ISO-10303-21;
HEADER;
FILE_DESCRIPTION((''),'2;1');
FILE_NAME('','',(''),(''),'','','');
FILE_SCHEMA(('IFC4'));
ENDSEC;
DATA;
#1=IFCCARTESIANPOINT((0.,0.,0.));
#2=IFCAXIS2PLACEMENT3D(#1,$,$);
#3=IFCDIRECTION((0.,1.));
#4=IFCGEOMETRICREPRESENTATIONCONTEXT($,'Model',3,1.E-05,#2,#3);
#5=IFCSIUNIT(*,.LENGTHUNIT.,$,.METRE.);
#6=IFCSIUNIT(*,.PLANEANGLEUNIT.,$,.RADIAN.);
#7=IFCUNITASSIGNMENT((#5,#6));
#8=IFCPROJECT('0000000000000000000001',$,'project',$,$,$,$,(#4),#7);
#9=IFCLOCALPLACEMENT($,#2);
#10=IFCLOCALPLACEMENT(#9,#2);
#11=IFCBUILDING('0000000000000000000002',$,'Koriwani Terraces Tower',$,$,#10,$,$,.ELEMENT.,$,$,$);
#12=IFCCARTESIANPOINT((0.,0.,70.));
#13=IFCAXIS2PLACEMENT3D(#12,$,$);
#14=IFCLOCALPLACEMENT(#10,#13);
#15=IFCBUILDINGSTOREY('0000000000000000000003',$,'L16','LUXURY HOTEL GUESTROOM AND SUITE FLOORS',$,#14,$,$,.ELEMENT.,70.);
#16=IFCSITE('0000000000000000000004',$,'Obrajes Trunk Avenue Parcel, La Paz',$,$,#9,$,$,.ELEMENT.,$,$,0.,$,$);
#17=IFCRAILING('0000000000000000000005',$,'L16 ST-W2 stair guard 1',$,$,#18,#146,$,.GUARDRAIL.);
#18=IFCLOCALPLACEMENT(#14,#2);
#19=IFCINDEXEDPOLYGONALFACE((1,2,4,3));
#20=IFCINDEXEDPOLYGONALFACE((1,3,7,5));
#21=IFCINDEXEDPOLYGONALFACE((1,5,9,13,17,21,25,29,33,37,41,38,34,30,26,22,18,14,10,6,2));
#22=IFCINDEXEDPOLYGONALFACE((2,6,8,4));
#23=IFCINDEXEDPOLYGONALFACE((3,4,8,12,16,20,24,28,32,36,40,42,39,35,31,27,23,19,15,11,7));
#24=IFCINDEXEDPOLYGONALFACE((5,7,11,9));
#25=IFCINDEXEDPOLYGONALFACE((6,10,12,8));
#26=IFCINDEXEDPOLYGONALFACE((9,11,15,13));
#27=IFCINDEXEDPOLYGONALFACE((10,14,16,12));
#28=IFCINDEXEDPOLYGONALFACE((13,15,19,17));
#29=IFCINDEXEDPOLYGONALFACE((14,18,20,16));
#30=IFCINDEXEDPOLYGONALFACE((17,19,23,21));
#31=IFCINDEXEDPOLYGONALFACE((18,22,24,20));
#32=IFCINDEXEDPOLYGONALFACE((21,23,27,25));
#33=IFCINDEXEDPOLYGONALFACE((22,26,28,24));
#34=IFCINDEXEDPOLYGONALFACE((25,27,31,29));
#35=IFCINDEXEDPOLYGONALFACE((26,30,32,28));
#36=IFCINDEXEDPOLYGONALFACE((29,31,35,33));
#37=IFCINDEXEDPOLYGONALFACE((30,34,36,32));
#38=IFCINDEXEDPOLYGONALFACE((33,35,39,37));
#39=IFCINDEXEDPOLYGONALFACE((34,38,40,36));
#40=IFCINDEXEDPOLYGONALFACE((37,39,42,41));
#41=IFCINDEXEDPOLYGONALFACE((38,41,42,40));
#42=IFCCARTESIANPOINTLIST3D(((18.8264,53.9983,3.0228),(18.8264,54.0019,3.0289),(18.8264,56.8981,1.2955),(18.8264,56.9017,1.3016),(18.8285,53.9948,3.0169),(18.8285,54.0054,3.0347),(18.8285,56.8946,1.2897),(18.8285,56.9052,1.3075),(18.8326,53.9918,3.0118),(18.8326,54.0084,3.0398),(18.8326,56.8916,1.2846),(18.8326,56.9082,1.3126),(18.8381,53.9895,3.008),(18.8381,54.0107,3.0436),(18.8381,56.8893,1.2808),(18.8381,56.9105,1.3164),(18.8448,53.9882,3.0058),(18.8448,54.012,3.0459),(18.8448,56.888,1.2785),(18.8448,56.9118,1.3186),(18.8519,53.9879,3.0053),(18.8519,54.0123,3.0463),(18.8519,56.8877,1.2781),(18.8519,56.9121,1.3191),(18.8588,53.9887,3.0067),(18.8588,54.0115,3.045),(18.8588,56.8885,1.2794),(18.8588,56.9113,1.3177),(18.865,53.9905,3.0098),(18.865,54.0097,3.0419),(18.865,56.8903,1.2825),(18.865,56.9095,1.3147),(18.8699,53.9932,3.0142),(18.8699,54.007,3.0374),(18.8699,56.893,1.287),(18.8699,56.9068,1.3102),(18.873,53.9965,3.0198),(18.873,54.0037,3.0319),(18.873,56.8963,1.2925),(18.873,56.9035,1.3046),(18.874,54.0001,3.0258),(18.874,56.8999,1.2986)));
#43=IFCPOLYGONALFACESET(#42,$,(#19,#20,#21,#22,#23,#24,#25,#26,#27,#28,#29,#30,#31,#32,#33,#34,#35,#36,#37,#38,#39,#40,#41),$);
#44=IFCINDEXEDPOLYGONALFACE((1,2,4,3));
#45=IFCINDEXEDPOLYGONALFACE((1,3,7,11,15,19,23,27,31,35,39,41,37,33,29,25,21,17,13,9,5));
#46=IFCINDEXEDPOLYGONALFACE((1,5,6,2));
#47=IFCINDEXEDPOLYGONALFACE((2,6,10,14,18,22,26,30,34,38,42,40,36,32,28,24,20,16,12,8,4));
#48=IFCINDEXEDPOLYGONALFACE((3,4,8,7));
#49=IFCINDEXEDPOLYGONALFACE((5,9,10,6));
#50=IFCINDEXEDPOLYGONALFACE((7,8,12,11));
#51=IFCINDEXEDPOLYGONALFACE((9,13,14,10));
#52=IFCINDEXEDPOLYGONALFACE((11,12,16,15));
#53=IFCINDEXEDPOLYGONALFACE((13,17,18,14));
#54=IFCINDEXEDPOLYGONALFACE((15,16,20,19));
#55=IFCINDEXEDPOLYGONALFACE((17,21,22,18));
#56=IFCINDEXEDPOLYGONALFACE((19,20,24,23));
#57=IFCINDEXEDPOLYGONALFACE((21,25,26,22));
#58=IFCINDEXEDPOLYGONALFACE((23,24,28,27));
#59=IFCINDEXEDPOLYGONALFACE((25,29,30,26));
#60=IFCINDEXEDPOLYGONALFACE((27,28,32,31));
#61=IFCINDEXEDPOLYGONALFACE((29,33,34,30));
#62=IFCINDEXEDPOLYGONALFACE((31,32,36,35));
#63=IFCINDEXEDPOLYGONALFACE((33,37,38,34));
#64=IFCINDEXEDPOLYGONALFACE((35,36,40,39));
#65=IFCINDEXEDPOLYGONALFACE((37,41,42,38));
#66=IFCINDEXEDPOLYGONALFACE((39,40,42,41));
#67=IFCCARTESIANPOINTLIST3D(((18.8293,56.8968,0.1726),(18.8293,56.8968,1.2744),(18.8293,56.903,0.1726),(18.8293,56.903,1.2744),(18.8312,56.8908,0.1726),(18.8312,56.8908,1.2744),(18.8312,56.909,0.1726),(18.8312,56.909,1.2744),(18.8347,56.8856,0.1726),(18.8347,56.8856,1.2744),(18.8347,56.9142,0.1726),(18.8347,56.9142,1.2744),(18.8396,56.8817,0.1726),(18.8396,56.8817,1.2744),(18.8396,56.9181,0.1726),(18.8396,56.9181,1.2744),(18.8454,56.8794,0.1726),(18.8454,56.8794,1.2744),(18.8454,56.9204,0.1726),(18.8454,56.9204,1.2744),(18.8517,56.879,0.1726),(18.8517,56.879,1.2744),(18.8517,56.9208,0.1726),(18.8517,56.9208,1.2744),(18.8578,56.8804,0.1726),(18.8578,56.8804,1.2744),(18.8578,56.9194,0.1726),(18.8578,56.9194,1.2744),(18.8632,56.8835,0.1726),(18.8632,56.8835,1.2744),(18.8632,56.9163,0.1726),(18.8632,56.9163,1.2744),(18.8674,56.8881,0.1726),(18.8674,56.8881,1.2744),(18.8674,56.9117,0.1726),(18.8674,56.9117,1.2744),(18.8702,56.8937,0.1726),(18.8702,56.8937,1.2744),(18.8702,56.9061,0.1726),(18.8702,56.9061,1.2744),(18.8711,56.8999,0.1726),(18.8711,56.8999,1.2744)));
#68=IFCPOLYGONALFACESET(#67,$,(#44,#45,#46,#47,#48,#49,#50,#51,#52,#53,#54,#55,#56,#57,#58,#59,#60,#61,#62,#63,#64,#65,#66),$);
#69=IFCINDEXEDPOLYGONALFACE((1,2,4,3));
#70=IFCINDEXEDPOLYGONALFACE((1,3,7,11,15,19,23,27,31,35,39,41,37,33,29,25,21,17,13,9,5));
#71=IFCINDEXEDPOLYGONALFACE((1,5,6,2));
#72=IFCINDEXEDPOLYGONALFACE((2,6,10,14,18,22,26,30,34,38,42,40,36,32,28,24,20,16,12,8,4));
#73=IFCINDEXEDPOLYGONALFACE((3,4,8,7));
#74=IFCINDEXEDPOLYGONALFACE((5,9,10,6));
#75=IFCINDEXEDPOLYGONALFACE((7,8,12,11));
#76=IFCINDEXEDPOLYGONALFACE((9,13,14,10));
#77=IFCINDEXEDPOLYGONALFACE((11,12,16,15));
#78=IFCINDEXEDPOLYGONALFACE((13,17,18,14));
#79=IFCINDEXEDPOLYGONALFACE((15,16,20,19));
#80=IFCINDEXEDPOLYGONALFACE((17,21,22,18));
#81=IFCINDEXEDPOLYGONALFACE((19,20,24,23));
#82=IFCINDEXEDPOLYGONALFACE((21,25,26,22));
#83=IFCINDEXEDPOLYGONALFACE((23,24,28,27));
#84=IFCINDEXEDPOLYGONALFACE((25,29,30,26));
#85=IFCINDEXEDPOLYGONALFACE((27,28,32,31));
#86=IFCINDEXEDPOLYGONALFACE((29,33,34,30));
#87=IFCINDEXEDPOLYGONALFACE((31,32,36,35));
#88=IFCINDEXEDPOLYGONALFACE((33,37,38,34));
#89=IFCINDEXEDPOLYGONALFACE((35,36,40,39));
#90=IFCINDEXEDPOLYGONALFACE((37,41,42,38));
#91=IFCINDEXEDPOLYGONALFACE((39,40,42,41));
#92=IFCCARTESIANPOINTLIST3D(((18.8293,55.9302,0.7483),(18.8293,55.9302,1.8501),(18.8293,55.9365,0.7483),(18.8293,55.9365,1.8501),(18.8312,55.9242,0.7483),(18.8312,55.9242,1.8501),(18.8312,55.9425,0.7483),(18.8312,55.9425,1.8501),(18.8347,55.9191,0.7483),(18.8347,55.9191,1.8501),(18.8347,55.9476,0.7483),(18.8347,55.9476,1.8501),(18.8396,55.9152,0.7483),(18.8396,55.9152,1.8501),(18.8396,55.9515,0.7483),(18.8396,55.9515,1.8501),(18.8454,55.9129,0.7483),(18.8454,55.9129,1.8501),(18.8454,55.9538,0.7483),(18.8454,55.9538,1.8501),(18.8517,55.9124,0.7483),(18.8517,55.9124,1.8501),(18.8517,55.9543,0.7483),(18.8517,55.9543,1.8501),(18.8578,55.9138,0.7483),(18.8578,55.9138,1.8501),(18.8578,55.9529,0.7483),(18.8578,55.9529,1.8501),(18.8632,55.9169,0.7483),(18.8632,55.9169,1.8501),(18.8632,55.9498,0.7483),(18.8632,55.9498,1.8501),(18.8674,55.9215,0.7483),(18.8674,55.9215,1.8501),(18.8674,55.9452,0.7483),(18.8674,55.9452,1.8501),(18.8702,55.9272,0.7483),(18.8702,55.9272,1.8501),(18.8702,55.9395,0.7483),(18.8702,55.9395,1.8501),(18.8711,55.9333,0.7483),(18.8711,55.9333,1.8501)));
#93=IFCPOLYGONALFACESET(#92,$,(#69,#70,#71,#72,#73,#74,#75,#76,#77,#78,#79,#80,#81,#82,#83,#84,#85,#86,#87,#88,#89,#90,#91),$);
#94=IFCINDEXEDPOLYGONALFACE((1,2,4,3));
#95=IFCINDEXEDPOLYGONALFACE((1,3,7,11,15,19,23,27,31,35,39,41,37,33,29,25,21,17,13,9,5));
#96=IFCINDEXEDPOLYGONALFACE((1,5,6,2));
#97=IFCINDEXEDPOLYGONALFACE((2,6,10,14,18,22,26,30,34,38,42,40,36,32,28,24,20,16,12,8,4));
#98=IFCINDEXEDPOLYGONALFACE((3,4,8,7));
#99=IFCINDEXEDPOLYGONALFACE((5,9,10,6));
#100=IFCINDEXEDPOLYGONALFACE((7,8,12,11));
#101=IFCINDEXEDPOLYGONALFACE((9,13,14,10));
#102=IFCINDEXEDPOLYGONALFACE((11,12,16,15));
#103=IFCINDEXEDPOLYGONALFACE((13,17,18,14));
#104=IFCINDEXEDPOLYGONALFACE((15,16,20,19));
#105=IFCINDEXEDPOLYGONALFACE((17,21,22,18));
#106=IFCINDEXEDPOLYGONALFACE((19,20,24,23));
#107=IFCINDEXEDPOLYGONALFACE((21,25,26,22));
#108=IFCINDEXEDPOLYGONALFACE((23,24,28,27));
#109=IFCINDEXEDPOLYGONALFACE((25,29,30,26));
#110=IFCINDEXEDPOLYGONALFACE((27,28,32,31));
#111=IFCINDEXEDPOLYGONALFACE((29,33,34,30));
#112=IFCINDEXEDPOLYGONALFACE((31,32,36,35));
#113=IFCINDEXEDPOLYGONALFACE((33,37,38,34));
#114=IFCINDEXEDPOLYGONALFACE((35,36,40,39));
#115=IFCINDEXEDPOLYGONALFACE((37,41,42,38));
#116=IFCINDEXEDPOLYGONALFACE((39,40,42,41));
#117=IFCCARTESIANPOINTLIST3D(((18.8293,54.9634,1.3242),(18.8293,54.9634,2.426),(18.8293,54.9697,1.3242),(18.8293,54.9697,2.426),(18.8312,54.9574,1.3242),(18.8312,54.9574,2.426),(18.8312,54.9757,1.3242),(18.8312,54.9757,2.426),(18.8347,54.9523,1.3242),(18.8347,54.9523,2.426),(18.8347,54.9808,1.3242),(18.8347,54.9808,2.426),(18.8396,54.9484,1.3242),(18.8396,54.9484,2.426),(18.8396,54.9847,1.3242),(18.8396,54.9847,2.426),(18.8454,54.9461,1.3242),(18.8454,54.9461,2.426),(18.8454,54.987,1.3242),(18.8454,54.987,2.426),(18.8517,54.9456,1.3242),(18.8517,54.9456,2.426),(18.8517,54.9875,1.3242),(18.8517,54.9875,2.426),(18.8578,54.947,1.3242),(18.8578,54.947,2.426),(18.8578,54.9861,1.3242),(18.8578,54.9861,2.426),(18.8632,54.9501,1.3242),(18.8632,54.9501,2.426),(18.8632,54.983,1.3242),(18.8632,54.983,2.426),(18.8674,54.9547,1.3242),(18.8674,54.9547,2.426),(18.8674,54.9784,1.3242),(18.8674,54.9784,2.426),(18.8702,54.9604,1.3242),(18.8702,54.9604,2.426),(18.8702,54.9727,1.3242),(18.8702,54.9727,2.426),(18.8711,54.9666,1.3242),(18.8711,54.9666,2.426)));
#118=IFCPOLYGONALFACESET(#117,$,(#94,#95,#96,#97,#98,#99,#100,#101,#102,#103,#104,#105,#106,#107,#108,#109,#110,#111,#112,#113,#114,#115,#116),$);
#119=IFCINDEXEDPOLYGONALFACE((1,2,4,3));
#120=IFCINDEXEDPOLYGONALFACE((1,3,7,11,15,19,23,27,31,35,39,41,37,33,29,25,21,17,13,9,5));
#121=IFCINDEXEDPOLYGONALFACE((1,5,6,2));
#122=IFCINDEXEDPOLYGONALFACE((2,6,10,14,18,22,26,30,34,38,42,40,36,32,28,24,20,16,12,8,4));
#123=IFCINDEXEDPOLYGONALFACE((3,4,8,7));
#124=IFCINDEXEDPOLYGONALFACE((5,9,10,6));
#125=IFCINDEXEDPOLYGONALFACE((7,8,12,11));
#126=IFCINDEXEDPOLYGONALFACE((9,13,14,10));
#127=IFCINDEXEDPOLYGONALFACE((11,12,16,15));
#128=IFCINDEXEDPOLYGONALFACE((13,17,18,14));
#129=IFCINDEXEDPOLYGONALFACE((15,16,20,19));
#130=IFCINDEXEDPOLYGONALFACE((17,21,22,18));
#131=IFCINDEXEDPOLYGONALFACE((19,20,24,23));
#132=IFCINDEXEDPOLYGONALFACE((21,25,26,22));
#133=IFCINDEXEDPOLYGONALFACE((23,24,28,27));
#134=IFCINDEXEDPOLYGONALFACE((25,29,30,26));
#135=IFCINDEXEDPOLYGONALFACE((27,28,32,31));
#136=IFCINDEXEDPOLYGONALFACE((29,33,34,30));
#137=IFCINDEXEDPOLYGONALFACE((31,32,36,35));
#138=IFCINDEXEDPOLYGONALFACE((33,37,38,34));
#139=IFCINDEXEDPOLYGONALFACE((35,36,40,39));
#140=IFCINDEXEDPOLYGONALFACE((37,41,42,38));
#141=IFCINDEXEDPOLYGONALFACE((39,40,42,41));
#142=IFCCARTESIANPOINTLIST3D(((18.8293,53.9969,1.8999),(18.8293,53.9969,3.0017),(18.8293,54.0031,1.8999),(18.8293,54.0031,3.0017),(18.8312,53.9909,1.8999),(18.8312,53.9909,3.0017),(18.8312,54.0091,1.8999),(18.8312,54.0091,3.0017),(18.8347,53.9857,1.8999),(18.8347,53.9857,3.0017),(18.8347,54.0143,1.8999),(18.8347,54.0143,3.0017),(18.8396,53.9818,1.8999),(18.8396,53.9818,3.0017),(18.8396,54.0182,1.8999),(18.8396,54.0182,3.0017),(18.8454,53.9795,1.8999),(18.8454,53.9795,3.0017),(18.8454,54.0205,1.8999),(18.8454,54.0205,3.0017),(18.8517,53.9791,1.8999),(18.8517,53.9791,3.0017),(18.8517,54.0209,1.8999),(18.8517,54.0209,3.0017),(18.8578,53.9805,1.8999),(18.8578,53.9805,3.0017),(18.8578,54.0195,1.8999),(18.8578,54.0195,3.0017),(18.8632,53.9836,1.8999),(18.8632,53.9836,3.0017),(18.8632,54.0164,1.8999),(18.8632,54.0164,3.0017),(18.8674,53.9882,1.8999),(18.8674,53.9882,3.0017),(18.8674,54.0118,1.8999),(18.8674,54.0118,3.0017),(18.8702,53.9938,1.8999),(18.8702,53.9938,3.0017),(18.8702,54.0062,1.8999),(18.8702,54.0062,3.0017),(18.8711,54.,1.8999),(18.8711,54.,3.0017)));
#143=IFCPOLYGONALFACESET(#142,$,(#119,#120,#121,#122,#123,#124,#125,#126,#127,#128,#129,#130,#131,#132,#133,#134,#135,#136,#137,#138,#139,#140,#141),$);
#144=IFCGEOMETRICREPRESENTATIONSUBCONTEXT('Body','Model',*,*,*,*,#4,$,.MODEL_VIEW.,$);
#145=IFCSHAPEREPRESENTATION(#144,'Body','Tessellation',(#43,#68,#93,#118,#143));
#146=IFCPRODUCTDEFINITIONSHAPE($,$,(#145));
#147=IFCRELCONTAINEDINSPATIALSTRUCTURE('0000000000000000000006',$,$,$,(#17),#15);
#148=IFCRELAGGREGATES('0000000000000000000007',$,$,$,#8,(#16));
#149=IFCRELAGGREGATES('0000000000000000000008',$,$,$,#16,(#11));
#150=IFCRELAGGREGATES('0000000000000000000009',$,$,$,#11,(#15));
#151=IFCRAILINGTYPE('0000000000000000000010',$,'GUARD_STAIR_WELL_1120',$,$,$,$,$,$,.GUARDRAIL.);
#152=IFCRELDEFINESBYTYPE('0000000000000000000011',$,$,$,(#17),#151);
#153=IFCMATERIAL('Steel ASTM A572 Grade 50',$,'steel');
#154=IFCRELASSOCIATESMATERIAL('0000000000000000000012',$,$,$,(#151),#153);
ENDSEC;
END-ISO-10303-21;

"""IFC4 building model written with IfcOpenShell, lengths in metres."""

from ifc_helpers import new_model, si_unit, direction, frame, origin, origin_2d, place, context, subcontext, project, spatial, circle, extrude, material, type_object, element, save


model = new_model("IFC4")

# Units and contexts
model_context = context("Model", 3, precision=1e-05, world=origin(), true_north=direction((0.0, 1.0)))
body_context = subcontext(model_context, "Body", "Model", "MODEL_VIEW")
ifc_project = project(units=[si_unit("LENGTHUNIT", "METRE"), si_unit("PLANEANGLEUNIT", "RADIAN")], contexts=[model_context])

# Site, building, storey
site_placement = place(None, origin())
site = spatial("IfcSite", under=ifc_project, at=site_placement, Name="Obrajes Trunk Avenue Parcel, La Paz", CompositionType="ELEMENT", RefElevation=0.0)
building_placement = place(site_placement, origin())
building = spatial("IfcBuilding", under=site, at=building_placement, Name="Koriwani Terraces Tower", CompositionType="ELEMENT")
storey_placement = place(building_placement, frame((0.0, 0.0, 70.0)))
storey = spatial("IfcBuildingStorey", under=building, at=storey_placement, Name="L16", Description="LUXURY HOTEL GUESTROOM AND SUITE FLOORS", CompositionType="ELEMENT", Elevation=70.0)

# Shared definitions
ifc_material_1 = material(Name="Steel ASTM A572 Grade 50", Category="steel")

# Railing
railing_type_1 = type_object("IfcRailingType", Name="GUARD_STAIR_WELL_1120", PredefinedType="GUARDRAIL", material=ifc_material_1)
railing_1_placement = place(storey_placement, frame((18.8501, 56.8999, 0.1726)))
element("IfcRailing", 1, at=railing_1_placement, inside=storey, type_object=railing_type_1, Name="L16 ST-W2 stair guard 1", PredefinedType="GUARDRAIL", context=body_context, shape_type="SweptSolid", body=[
    extrude(circle(Radius=0.0239, at=origin_2d()), frame((0.0, 0.0, 1.126), z_axis=(0.0, -0.859141, 0.511738), x_axis=(1.0, 0.0, 0.0)), (0.0, 0.0, 1.0), 3.3752),
    extrude(circle(Radius=0.021, at=origin_2d()), origin(), (0.0, 0.0, 1.0), 1.1018),
    extrude(circle(Radius=0.021, at=origin_2d()), frame((0.0, -0.9666, 0.5757)), (0.0, 0.0, 1.0), 1.1018),
    extrude(circle(Radius=0.021, at=origin_2d()), frame((0.0, -1.9333, 1.1516)), (0.0, 0.0, 1.0), 1.1018),
    extrude(circle(Radius=0.021, at=origin_2d()), frame((0.0, -2.8999, 1.7273)), (0.0, 0.0, 1.0), 1.1018),
])

save(model, "model.ifc")
